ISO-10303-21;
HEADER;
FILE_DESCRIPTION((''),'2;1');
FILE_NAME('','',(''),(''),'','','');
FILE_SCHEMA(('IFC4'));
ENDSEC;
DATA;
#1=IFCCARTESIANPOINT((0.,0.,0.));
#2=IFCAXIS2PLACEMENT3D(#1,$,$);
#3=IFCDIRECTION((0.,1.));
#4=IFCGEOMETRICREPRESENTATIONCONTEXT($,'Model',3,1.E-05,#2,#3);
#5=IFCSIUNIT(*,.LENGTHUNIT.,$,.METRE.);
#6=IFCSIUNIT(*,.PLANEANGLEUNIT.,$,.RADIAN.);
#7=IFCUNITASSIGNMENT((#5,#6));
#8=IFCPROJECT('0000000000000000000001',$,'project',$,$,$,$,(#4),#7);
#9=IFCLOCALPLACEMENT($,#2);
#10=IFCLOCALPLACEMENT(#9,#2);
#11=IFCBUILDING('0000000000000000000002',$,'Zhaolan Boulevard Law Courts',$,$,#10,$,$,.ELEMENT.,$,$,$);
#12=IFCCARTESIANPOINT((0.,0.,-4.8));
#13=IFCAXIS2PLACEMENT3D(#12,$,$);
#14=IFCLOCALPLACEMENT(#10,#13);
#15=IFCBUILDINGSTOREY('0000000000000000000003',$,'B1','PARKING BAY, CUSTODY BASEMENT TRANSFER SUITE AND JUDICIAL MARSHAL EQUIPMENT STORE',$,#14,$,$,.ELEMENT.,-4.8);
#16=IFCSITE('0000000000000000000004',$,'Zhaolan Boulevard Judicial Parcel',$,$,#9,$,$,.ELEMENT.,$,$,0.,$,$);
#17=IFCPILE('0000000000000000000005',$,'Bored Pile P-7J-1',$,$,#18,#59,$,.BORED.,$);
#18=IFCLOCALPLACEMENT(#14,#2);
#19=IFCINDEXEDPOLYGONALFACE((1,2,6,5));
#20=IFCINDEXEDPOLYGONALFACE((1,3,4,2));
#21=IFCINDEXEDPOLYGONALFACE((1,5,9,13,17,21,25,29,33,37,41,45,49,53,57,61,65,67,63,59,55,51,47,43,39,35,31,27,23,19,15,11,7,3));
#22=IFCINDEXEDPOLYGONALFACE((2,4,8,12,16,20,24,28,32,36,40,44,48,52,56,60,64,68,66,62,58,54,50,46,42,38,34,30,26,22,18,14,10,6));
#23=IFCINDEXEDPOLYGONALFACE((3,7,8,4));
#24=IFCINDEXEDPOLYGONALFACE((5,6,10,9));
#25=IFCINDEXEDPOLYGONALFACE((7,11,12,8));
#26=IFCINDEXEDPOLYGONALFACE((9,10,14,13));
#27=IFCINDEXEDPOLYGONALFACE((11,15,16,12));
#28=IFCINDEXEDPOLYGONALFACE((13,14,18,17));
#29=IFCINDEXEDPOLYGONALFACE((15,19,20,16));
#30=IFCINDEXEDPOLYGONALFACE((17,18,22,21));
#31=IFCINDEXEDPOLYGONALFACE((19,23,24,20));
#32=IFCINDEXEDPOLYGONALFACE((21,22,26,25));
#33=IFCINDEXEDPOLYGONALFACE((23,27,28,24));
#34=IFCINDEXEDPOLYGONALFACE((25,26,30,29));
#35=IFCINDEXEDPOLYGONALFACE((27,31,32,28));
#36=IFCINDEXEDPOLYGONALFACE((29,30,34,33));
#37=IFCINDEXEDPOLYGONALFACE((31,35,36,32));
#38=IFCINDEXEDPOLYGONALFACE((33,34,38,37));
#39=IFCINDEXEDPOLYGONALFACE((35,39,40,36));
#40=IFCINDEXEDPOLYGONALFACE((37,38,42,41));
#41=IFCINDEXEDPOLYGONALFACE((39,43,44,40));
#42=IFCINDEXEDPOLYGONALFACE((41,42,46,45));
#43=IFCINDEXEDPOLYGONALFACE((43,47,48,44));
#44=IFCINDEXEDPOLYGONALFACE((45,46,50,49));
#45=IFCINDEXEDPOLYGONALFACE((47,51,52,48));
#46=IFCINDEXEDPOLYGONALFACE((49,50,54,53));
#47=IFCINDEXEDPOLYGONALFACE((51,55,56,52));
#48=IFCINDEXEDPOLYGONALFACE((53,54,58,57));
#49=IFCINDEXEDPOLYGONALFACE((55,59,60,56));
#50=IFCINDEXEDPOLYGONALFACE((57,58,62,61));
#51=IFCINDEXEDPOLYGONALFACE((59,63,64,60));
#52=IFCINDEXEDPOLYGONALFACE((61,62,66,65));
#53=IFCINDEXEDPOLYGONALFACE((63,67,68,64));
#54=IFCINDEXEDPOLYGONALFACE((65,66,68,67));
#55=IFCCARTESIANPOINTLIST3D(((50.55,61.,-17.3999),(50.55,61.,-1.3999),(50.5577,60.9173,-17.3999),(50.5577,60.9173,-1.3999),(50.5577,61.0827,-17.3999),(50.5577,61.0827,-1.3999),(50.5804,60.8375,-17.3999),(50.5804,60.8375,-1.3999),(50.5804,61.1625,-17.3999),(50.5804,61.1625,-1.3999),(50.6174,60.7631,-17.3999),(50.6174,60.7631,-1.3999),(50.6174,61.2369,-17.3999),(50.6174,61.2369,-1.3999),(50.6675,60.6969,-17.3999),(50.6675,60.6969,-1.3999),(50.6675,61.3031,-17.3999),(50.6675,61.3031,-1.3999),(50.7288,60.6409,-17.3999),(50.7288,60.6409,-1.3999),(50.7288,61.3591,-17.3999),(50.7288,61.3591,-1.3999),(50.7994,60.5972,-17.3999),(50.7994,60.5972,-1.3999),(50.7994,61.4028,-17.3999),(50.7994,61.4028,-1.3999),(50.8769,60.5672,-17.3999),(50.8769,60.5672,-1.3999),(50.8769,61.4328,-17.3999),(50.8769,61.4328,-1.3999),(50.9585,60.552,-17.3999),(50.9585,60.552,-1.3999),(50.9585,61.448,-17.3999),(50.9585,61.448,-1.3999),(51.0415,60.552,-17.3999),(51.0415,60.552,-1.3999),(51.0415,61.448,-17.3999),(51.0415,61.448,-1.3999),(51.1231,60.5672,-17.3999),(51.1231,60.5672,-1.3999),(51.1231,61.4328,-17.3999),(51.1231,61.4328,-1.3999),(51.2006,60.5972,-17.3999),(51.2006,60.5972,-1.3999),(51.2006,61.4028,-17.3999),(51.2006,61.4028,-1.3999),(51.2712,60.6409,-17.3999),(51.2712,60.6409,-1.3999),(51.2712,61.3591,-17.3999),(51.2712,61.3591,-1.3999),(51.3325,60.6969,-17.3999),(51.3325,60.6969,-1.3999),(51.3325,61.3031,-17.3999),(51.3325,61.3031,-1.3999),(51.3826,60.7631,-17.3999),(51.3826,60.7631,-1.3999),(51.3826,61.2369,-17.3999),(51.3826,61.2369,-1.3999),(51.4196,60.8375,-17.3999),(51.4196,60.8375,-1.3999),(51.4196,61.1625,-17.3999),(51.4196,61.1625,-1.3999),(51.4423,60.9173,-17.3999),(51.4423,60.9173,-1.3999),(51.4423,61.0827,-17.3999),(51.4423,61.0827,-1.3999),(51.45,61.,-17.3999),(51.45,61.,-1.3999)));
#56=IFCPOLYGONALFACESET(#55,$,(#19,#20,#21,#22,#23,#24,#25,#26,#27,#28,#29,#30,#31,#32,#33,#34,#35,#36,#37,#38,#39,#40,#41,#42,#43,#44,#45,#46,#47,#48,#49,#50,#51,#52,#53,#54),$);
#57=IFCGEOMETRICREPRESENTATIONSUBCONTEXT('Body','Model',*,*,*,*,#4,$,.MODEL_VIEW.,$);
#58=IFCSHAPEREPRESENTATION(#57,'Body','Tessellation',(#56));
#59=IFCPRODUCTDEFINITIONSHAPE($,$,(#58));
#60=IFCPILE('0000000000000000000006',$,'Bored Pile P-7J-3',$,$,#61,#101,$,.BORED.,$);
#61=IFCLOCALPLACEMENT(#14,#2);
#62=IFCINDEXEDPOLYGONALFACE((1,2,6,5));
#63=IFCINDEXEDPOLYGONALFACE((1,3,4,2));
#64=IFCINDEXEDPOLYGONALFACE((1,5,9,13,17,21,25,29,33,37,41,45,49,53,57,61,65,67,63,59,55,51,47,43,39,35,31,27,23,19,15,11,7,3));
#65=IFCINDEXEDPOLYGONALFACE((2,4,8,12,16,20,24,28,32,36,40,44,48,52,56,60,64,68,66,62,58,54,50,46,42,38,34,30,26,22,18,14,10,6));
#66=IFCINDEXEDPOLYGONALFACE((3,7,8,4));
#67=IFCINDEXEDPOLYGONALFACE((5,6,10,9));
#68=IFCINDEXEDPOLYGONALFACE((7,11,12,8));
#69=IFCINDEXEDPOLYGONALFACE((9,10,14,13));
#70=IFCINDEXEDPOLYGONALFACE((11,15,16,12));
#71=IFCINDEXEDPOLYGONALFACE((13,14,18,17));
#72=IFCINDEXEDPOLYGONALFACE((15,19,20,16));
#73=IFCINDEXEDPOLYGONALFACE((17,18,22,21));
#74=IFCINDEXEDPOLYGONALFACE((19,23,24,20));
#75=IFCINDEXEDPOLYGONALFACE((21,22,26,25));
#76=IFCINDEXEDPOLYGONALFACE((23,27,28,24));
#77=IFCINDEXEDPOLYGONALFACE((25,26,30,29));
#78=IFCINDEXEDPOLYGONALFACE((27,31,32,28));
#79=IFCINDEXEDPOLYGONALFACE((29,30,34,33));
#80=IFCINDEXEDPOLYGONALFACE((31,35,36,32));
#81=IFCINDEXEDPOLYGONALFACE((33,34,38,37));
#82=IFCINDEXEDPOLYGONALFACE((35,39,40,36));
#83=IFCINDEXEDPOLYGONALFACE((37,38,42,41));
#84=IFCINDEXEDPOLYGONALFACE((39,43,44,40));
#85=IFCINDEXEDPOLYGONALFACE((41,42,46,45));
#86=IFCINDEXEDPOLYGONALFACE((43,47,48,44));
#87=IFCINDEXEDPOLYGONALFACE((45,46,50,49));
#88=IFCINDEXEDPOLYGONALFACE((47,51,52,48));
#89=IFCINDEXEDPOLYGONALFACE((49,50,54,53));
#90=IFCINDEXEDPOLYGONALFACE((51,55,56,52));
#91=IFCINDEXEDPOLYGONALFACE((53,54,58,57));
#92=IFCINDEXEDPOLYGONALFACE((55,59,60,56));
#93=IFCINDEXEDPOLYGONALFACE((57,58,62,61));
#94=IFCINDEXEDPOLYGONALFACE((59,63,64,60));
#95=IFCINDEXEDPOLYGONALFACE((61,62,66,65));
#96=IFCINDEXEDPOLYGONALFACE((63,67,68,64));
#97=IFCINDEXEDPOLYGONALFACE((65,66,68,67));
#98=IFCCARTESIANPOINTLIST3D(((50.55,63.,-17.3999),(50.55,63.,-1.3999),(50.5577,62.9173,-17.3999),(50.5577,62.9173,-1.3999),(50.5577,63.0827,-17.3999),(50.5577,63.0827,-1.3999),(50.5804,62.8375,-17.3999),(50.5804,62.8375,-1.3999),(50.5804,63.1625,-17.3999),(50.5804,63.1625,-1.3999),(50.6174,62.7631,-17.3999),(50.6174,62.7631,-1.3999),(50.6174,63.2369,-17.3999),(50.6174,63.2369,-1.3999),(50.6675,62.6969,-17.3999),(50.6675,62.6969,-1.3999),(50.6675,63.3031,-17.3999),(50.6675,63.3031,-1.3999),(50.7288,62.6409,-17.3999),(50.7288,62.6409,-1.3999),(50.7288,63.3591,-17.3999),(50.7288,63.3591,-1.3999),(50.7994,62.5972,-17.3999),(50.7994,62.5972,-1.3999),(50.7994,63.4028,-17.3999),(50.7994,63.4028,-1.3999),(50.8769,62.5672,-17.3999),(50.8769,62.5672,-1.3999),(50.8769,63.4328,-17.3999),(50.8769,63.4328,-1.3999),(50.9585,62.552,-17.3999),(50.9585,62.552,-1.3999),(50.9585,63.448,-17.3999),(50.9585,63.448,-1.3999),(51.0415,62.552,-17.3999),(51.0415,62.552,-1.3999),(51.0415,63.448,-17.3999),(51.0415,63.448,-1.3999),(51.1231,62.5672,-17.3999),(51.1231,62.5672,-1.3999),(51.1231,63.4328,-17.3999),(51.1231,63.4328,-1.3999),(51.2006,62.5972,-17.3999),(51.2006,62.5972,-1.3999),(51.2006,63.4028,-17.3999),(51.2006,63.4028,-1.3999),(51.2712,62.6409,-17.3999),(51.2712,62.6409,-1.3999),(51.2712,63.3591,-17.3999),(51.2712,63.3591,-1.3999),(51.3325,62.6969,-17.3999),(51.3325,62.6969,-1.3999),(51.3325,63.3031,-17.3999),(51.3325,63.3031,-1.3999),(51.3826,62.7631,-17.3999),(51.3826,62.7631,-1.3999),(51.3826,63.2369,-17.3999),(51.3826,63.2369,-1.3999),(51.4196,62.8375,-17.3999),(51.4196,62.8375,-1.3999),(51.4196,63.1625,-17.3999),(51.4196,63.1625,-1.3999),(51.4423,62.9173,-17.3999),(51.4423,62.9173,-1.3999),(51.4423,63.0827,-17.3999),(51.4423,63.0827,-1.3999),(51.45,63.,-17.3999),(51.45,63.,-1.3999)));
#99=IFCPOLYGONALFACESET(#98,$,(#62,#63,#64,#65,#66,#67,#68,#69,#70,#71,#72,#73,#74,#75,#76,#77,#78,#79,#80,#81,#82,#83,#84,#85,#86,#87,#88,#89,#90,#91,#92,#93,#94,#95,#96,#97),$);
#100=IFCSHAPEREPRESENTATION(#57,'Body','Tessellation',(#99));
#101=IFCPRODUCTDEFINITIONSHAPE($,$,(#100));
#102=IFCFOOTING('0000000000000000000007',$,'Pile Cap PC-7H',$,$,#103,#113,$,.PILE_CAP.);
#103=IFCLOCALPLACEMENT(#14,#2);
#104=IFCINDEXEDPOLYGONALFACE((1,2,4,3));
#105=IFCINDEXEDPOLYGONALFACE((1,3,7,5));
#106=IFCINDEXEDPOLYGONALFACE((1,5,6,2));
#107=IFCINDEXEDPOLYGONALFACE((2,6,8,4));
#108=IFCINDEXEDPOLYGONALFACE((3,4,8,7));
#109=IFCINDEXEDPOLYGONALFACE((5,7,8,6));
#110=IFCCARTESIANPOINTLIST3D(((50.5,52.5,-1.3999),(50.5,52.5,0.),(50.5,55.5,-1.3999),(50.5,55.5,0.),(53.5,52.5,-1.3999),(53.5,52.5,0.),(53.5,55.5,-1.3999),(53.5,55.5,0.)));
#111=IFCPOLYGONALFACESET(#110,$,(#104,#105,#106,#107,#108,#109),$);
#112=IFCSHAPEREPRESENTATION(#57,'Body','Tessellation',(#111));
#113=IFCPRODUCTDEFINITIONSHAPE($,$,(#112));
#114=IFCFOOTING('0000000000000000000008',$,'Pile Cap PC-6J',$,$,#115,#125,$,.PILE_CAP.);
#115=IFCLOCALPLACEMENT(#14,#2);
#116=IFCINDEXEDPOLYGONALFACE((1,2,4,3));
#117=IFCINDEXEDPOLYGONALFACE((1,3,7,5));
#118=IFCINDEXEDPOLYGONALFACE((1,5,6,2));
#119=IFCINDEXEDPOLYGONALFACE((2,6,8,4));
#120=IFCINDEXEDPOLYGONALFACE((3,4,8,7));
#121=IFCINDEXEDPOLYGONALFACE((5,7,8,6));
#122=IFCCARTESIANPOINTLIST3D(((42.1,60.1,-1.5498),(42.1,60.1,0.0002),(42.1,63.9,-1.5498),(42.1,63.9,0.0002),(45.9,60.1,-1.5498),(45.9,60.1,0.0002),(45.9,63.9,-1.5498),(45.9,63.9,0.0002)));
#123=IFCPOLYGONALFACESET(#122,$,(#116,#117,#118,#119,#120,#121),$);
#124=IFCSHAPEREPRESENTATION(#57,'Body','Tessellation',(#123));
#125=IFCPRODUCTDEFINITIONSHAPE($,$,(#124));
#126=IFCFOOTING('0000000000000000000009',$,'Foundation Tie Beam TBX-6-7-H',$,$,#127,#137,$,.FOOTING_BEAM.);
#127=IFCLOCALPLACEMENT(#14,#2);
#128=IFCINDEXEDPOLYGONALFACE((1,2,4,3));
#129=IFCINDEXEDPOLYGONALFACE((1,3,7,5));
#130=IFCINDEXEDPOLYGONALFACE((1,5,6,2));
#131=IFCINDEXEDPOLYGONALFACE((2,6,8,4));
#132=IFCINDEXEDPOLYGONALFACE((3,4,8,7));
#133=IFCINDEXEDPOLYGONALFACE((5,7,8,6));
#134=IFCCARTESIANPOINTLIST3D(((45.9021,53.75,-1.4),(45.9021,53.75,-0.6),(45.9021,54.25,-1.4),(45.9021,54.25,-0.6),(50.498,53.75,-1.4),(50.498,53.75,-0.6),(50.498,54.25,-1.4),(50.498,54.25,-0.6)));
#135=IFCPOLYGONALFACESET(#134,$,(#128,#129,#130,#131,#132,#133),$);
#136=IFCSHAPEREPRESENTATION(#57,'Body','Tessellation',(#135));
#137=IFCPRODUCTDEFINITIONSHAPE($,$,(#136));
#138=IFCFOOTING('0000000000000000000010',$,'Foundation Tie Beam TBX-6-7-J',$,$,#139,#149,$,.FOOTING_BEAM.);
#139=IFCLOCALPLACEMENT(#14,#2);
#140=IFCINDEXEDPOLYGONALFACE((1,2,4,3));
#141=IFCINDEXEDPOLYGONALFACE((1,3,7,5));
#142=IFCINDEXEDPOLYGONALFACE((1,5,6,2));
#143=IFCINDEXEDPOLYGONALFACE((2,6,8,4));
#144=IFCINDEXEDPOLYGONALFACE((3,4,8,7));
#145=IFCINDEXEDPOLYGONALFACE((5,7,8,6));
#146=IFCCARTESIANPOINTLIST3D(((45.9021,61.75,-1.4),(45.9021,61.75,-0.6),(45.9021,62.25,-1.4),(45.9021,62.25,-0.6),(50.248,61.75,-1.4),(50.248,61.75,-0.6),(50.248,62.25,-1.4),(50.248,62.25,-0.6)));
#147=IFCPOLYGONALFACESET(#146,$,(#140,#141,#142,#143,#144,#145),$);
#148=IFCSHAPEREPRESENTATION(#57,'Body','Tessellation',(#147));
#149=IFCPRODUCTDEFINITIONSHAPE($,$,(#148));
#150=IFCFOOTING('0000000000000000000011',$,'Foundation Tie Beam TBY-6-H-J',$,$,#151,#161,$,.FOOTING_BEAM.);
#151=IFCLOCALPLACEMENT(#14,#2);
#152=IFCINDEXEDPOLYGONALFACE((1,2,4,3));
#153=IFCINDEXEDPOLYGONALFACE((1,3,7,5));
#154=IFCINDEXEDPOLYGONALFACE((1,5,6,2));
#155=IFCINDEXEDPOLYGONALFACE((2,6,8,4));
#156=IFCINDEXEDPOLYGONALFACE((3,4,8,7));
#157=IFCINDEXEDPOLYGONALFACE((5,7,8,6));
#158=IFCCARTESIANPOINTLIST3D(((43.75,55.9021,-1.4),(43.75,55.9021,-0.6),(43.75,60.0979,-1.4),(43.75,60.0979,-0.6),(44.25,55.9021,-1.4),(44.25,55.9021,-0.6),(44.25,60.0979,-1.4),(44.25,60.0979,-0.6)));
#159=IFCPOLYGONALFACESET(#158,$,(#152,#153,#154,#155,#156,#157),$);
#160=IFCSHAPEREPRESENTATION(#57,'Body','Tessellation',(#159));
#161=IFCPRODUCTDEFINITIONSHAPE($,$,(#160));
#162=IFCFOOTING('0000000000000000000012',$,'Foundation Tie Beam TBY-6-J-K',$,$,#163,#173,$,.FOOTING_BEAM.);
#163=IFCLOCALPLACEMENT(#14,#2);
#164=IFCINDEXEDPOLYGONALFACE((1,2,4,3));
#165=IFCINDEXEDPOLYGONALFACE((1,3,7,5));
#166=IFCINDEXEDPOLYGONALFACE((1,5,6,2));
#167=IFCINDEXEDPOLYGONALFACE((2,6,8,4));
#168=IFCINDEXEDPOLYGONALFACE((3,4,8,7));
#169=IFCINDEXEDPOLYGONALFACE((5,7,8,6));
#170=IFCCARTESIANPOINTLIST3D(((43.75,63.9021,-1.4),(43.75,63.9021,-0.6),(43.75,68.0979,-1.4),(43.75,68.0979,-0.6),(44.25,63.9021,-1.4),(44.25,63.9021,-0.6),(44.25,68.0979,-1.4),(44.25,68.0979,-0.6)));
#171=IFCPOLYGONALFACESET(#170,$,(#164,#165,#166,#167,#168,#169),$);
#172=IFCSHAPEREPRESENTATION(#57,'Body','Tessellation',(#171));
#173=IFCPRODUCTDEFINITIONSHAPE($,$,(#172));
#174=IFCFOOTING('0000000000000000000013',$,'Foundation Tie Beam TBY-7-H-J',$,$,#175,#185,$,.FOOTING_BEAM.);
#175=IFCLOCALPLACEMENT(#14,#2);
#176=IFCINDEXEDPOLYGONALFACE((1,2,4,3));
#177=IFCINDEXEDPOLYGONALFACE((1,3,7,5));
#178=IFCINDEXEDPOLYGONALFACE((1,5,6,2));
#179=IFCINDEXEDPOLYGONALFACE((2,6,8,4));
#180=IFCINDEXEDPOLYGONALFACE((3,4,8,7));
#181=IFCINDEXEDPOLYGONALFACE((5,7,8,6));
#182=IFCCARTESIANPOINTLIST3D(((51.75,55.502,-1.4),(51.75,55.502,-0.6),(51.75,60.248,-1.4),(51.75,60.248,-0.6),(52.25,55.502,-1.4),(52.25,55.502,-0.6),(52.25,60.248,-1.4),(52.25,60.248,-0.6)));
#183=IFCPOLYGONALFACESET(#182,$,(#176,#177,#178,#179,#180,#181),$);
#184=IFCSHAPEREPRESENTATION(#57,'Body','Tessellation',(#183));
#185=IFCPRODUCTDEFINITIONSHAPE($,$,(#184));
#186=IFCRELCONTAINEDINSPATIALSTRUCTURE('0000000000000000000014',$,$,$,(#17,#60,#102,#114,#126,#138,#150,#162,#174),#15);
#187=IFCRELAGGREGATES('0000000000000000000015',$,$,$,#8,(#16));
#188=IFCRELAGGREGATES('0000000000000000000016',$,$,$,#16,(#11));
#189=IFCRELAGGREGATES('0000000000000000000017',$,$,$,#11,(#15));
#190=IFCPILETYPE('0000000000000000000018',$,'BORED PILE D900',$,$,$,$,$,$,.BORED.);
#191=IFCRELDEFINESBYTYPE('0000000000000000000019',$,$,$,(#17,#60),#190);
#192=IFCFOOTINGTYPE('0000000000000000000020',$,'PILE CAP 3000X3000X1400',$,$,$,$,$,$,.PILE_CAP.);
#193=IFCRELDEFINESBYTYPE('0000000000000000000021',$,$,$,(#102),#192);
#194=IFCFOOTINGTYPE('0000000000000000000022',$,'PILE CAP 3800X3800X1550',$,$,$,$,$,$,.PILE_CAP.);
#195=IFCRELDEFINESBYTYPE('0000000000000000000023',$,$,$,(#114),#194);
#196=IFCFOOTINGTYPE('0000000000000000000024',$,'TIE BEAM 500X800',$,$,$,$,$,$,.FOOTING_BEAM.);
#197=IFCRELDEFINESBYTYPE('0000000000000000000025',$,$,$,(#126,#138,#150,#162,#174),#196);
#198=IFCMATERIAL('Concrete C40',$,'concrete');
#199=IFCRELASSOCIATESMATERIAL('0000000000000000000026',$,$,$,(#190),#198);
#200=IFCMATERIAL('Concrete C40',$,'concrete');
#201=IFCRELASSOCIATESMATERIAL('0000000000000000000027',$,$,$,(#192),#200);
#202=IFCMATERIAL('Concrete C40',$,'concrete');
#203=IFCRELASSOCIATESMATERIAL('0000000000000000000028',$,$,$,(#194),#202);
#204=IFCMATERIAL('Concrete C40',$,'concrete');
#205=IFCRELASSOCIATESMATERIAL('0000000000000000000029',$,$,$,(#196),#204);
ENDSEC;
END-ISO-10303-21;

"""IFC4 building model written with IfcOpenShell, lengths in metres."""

from ifc_helpers import new_model, si_unit, direction, frame, origin, origin_2d, place, context, subcontext, project, spatial, rectangle, circle, extrude, material, material_profile, profile_set, type_object, element, save


model = new_model("IFC4")

# Units and contexts
model_context = context("Model", 3, precision=1e-05, world=origin(), true_north=direction((0.0, 1.0)))
body_context = subcontext(model_context, "Body", "Model", "MODEL_VIEW")
ifc_project = project(units=[si_unit("LENGTHUNIT", "METRE"), si_unit("PLANEANGLEUNIT", "RADIAN")], contexts=[model_context])

# Site, building, storey
site_placement = place(None, origin())
site = spatial("IfcSite", under=ifc_project, at=site_placement, Name="Zhaolan Boulevard Judicial Parcel", CompositionType="ELEMENT", RefElevation=0.0)
building_placement = place(site_placement, origin())
building = spatial("IfcBuilding", under=site, at=building_placement, Name="Zhaolan Boulevard Law Courts", CompositionType="ELEMENT")
storey_placement = place(building_placement, frame((0.0, 0.0, -4.8)))
storey = spatial("IfcBuildingStorey", under=building, at=storey_placement, Name="B1", Description="PARKING BAY, CUSTODY BASEMENT TRANSFER SUITE AND JUDICIAL MARSHAL EQUIPMENT STORE", CompositionType="ELEMENT", Elevation=-4.8)

# Piles
ifc_material_1 = material(Name="Concrete C40", Category="concrete")
ifc_material_profile_1 = material_profile(ifc_material_1, circle(Radius=0.45, at=origin_2d()), Name="PILE-D900")
ifc_profile_set_1 = profile_set([ifc_material_profile_1], Name="Concrete C40")
pile_type_1 = type_object("IfcPileType", Name="BORED PILE D900", PredefinedType="BORED", material=ifc_profile_set_1)
for number, where, z_axis, x_axis, name in (
    (1, (51.0, 61.0, -1.3999), (0.0, 0.0, -1.0), (1.0, 0.0, 0.0), "Bored Pile P-7J-1"),
    (2, (51.0, 63.0, -1.3999), (0.0, 0.0, -1.0), (1.0, 0.0, 0.0), "Bored Pile P-7J-3"),
):
    element("IfcPile", number, at=place(storey_placement, frame(where, z_axis=z_axis, x_axis=x_axis)), inside=storey, type_object=pile_type_1, Name=name, PredefinedType="BORED", context=body_context, shape_type="SweptSolid", body=[
        extrude(circle(Radius=0.45, at=origin_2d()), origin(), (0.0, 0.0, 1.0), 16.0),
    ])

# Footings
ifc_material_2 = material(Name="Concrete C40", Category="concrete")
footing_type_1 = type_object("IfcFootingType", Name="PILE CAP 3000X3000X1400", PredefinedType="PILE_CAP", material=ifc_material_2)
footing_1_placement = place(storey_placement, frame((52.0, 54.0, -1.3999), z_axis=(0.0, 0.0, 1.0), x_axis=(1.0, 0.0, 0.0)))
element("IfcFooting", 3, at=footing_1_placement, inside=storey, type_object=footing_type_1, Name="Pile Cap PC-7H", PredefinedType="PILE_CAP", context=body_context, shape_type="SweptSolid", body=[
    extrude(rectangle(XDim=3.0, YDim=3.0, at=origin_2d()), origin(), (0.0, 0.0, 1.0), 1.3999),
])
ifc_material_3 = material(Name="Concrete C40", Category="concrete")
footing_type_2 = type_object("IfcFootingType", Name="PILE CAP 3800X3800X1550", PredefinedType="PILE_CAP", material=ifc_material_3)
footing_2_placement = place(storey_placement, frame((44.0, 62.0, -1.5498), z_axis=(0.0, 0.0, 1.0), x_axis=(1.0, 0.0, 0.0)))
element("IfcFooting", 4, at=footing_2_placement, inside=storey, type_object=footing_type_2, Name="Pile Cap PC-6J", PredefinedType="PILE_CAP", context=body_context, shape_type="SweptSolid", body=[
    extrude(rectangle(XDim=3.8, YDim=3.8, at=origin_2d()), origin(), (0.0, 0.0, 1.0), 1.55),
])
ifc_material_4 = material(Name="Concrete C40", Category="concrete")
ifc_material_profile_2 = material_profile(ifc_material_4, rectangle(XDim=0.5, YDim=0.8, at=origin_2d()), Name="RC500x800")
ifc_profile_set_2 = profile_set([ifc_material_profile_2], Name="Concrete C40")
footing_type_3 = type_object("IfcFootingType", Name="TIE BEAM 500X800", PredefinedType="FOOTING_BEAM", material=ifc_profile_set_2)
footing_3_placement = place(storey_placement, frame((45.9021, 54.0, -1.0), z_axis=(1.0, 0.0, 0.0), x_axis=(0.0, 1.0, 0.0)))
element("IfcFooting", 5, at=footing_3_placement, inside=storey, type_object=footing_type_3, Name="Foundation Tie Beam TBX-6-7-H", PredefinedType="FOOTING_BEAM", context=body_context, shape_type="SweptSolid", body=[
    extrude(rectangle(XDim=0.5, YDim=0.8, at=origin_2d()), origin(), (0.0, 0.0, 1.0), 4.5959),
])
footing_4_placement = place(storey_placement, frame((45.9021, 62.0, -1.0), z_axis=(1.0, 0.0, 0.0), x_axis=(0.0, 1.0, 0.0)))
element("IfcFooting", 6, at=footing_4_placement, inside=storey, type_object=footing_type_3, Name="Foundation Tie Beam TBX-6-7-J", PredefinedType="FOOTING_BEAM", context=body_context, shape_type="SweptSolid", body=[
    extrude(rectangle(XDim=0.5, YDim=0.8, at=origin_2d()), origin(), (0.0, 0.0, 1.0), 4.3459),
])
for number, where, z_axis, x_axis, name in (
    (7, (44.0, 55.9021, -1.0), (0.0, 1.0, 0.0), (-1.0, 0.0, 0.0), "Foundation Tie Beam TBY-6-H-J"),
    (8, (44.0, 63.9021, -1.0), (0.0, 1.0, 0.0), (-1.0, 0.0, 0.0), "Foundation Tie Beam TBY-6-J-K"),
):
    element("IfcFooting", number, at=place(storey_placement, frame(where, z_axis=z_axis, x_axis=x_axis)), inside=storey, type_object=footing_type_3, Name=name, PredefinedType="FOOTING_BEAM", context=body_context, shape_type="SweptSolid", body=[
        extrude(rectangle(XDim=0.5, YDim=0.8, at=origin_2d()), origin(), (0.0, 0.0, 1.0), 4.1958),
    ])
footing_5_placement = place(storey_placement, frame((52.0, 55.502, -1.0), z_axis=(0.0, 1.0, 0.0), x_axis=(-1.0, 0.0, 0.0)))
element("IfcFooting", 9, at=footing_5_placement, inside=storey, type_object=footing_type_3, Name="Foundation Tie Beam TBY-7-H-J", PredefinedType="FOOTING_BEAM", context=body_context, shape_type="SweptSolid", body=[
    extrude(rectangle(XDim=0.5, YDim=0.8, at=origin_2d()), origin(), (0.0, 0.0, 1.0), 4.7461),
])

save(model, "model.ifc")
